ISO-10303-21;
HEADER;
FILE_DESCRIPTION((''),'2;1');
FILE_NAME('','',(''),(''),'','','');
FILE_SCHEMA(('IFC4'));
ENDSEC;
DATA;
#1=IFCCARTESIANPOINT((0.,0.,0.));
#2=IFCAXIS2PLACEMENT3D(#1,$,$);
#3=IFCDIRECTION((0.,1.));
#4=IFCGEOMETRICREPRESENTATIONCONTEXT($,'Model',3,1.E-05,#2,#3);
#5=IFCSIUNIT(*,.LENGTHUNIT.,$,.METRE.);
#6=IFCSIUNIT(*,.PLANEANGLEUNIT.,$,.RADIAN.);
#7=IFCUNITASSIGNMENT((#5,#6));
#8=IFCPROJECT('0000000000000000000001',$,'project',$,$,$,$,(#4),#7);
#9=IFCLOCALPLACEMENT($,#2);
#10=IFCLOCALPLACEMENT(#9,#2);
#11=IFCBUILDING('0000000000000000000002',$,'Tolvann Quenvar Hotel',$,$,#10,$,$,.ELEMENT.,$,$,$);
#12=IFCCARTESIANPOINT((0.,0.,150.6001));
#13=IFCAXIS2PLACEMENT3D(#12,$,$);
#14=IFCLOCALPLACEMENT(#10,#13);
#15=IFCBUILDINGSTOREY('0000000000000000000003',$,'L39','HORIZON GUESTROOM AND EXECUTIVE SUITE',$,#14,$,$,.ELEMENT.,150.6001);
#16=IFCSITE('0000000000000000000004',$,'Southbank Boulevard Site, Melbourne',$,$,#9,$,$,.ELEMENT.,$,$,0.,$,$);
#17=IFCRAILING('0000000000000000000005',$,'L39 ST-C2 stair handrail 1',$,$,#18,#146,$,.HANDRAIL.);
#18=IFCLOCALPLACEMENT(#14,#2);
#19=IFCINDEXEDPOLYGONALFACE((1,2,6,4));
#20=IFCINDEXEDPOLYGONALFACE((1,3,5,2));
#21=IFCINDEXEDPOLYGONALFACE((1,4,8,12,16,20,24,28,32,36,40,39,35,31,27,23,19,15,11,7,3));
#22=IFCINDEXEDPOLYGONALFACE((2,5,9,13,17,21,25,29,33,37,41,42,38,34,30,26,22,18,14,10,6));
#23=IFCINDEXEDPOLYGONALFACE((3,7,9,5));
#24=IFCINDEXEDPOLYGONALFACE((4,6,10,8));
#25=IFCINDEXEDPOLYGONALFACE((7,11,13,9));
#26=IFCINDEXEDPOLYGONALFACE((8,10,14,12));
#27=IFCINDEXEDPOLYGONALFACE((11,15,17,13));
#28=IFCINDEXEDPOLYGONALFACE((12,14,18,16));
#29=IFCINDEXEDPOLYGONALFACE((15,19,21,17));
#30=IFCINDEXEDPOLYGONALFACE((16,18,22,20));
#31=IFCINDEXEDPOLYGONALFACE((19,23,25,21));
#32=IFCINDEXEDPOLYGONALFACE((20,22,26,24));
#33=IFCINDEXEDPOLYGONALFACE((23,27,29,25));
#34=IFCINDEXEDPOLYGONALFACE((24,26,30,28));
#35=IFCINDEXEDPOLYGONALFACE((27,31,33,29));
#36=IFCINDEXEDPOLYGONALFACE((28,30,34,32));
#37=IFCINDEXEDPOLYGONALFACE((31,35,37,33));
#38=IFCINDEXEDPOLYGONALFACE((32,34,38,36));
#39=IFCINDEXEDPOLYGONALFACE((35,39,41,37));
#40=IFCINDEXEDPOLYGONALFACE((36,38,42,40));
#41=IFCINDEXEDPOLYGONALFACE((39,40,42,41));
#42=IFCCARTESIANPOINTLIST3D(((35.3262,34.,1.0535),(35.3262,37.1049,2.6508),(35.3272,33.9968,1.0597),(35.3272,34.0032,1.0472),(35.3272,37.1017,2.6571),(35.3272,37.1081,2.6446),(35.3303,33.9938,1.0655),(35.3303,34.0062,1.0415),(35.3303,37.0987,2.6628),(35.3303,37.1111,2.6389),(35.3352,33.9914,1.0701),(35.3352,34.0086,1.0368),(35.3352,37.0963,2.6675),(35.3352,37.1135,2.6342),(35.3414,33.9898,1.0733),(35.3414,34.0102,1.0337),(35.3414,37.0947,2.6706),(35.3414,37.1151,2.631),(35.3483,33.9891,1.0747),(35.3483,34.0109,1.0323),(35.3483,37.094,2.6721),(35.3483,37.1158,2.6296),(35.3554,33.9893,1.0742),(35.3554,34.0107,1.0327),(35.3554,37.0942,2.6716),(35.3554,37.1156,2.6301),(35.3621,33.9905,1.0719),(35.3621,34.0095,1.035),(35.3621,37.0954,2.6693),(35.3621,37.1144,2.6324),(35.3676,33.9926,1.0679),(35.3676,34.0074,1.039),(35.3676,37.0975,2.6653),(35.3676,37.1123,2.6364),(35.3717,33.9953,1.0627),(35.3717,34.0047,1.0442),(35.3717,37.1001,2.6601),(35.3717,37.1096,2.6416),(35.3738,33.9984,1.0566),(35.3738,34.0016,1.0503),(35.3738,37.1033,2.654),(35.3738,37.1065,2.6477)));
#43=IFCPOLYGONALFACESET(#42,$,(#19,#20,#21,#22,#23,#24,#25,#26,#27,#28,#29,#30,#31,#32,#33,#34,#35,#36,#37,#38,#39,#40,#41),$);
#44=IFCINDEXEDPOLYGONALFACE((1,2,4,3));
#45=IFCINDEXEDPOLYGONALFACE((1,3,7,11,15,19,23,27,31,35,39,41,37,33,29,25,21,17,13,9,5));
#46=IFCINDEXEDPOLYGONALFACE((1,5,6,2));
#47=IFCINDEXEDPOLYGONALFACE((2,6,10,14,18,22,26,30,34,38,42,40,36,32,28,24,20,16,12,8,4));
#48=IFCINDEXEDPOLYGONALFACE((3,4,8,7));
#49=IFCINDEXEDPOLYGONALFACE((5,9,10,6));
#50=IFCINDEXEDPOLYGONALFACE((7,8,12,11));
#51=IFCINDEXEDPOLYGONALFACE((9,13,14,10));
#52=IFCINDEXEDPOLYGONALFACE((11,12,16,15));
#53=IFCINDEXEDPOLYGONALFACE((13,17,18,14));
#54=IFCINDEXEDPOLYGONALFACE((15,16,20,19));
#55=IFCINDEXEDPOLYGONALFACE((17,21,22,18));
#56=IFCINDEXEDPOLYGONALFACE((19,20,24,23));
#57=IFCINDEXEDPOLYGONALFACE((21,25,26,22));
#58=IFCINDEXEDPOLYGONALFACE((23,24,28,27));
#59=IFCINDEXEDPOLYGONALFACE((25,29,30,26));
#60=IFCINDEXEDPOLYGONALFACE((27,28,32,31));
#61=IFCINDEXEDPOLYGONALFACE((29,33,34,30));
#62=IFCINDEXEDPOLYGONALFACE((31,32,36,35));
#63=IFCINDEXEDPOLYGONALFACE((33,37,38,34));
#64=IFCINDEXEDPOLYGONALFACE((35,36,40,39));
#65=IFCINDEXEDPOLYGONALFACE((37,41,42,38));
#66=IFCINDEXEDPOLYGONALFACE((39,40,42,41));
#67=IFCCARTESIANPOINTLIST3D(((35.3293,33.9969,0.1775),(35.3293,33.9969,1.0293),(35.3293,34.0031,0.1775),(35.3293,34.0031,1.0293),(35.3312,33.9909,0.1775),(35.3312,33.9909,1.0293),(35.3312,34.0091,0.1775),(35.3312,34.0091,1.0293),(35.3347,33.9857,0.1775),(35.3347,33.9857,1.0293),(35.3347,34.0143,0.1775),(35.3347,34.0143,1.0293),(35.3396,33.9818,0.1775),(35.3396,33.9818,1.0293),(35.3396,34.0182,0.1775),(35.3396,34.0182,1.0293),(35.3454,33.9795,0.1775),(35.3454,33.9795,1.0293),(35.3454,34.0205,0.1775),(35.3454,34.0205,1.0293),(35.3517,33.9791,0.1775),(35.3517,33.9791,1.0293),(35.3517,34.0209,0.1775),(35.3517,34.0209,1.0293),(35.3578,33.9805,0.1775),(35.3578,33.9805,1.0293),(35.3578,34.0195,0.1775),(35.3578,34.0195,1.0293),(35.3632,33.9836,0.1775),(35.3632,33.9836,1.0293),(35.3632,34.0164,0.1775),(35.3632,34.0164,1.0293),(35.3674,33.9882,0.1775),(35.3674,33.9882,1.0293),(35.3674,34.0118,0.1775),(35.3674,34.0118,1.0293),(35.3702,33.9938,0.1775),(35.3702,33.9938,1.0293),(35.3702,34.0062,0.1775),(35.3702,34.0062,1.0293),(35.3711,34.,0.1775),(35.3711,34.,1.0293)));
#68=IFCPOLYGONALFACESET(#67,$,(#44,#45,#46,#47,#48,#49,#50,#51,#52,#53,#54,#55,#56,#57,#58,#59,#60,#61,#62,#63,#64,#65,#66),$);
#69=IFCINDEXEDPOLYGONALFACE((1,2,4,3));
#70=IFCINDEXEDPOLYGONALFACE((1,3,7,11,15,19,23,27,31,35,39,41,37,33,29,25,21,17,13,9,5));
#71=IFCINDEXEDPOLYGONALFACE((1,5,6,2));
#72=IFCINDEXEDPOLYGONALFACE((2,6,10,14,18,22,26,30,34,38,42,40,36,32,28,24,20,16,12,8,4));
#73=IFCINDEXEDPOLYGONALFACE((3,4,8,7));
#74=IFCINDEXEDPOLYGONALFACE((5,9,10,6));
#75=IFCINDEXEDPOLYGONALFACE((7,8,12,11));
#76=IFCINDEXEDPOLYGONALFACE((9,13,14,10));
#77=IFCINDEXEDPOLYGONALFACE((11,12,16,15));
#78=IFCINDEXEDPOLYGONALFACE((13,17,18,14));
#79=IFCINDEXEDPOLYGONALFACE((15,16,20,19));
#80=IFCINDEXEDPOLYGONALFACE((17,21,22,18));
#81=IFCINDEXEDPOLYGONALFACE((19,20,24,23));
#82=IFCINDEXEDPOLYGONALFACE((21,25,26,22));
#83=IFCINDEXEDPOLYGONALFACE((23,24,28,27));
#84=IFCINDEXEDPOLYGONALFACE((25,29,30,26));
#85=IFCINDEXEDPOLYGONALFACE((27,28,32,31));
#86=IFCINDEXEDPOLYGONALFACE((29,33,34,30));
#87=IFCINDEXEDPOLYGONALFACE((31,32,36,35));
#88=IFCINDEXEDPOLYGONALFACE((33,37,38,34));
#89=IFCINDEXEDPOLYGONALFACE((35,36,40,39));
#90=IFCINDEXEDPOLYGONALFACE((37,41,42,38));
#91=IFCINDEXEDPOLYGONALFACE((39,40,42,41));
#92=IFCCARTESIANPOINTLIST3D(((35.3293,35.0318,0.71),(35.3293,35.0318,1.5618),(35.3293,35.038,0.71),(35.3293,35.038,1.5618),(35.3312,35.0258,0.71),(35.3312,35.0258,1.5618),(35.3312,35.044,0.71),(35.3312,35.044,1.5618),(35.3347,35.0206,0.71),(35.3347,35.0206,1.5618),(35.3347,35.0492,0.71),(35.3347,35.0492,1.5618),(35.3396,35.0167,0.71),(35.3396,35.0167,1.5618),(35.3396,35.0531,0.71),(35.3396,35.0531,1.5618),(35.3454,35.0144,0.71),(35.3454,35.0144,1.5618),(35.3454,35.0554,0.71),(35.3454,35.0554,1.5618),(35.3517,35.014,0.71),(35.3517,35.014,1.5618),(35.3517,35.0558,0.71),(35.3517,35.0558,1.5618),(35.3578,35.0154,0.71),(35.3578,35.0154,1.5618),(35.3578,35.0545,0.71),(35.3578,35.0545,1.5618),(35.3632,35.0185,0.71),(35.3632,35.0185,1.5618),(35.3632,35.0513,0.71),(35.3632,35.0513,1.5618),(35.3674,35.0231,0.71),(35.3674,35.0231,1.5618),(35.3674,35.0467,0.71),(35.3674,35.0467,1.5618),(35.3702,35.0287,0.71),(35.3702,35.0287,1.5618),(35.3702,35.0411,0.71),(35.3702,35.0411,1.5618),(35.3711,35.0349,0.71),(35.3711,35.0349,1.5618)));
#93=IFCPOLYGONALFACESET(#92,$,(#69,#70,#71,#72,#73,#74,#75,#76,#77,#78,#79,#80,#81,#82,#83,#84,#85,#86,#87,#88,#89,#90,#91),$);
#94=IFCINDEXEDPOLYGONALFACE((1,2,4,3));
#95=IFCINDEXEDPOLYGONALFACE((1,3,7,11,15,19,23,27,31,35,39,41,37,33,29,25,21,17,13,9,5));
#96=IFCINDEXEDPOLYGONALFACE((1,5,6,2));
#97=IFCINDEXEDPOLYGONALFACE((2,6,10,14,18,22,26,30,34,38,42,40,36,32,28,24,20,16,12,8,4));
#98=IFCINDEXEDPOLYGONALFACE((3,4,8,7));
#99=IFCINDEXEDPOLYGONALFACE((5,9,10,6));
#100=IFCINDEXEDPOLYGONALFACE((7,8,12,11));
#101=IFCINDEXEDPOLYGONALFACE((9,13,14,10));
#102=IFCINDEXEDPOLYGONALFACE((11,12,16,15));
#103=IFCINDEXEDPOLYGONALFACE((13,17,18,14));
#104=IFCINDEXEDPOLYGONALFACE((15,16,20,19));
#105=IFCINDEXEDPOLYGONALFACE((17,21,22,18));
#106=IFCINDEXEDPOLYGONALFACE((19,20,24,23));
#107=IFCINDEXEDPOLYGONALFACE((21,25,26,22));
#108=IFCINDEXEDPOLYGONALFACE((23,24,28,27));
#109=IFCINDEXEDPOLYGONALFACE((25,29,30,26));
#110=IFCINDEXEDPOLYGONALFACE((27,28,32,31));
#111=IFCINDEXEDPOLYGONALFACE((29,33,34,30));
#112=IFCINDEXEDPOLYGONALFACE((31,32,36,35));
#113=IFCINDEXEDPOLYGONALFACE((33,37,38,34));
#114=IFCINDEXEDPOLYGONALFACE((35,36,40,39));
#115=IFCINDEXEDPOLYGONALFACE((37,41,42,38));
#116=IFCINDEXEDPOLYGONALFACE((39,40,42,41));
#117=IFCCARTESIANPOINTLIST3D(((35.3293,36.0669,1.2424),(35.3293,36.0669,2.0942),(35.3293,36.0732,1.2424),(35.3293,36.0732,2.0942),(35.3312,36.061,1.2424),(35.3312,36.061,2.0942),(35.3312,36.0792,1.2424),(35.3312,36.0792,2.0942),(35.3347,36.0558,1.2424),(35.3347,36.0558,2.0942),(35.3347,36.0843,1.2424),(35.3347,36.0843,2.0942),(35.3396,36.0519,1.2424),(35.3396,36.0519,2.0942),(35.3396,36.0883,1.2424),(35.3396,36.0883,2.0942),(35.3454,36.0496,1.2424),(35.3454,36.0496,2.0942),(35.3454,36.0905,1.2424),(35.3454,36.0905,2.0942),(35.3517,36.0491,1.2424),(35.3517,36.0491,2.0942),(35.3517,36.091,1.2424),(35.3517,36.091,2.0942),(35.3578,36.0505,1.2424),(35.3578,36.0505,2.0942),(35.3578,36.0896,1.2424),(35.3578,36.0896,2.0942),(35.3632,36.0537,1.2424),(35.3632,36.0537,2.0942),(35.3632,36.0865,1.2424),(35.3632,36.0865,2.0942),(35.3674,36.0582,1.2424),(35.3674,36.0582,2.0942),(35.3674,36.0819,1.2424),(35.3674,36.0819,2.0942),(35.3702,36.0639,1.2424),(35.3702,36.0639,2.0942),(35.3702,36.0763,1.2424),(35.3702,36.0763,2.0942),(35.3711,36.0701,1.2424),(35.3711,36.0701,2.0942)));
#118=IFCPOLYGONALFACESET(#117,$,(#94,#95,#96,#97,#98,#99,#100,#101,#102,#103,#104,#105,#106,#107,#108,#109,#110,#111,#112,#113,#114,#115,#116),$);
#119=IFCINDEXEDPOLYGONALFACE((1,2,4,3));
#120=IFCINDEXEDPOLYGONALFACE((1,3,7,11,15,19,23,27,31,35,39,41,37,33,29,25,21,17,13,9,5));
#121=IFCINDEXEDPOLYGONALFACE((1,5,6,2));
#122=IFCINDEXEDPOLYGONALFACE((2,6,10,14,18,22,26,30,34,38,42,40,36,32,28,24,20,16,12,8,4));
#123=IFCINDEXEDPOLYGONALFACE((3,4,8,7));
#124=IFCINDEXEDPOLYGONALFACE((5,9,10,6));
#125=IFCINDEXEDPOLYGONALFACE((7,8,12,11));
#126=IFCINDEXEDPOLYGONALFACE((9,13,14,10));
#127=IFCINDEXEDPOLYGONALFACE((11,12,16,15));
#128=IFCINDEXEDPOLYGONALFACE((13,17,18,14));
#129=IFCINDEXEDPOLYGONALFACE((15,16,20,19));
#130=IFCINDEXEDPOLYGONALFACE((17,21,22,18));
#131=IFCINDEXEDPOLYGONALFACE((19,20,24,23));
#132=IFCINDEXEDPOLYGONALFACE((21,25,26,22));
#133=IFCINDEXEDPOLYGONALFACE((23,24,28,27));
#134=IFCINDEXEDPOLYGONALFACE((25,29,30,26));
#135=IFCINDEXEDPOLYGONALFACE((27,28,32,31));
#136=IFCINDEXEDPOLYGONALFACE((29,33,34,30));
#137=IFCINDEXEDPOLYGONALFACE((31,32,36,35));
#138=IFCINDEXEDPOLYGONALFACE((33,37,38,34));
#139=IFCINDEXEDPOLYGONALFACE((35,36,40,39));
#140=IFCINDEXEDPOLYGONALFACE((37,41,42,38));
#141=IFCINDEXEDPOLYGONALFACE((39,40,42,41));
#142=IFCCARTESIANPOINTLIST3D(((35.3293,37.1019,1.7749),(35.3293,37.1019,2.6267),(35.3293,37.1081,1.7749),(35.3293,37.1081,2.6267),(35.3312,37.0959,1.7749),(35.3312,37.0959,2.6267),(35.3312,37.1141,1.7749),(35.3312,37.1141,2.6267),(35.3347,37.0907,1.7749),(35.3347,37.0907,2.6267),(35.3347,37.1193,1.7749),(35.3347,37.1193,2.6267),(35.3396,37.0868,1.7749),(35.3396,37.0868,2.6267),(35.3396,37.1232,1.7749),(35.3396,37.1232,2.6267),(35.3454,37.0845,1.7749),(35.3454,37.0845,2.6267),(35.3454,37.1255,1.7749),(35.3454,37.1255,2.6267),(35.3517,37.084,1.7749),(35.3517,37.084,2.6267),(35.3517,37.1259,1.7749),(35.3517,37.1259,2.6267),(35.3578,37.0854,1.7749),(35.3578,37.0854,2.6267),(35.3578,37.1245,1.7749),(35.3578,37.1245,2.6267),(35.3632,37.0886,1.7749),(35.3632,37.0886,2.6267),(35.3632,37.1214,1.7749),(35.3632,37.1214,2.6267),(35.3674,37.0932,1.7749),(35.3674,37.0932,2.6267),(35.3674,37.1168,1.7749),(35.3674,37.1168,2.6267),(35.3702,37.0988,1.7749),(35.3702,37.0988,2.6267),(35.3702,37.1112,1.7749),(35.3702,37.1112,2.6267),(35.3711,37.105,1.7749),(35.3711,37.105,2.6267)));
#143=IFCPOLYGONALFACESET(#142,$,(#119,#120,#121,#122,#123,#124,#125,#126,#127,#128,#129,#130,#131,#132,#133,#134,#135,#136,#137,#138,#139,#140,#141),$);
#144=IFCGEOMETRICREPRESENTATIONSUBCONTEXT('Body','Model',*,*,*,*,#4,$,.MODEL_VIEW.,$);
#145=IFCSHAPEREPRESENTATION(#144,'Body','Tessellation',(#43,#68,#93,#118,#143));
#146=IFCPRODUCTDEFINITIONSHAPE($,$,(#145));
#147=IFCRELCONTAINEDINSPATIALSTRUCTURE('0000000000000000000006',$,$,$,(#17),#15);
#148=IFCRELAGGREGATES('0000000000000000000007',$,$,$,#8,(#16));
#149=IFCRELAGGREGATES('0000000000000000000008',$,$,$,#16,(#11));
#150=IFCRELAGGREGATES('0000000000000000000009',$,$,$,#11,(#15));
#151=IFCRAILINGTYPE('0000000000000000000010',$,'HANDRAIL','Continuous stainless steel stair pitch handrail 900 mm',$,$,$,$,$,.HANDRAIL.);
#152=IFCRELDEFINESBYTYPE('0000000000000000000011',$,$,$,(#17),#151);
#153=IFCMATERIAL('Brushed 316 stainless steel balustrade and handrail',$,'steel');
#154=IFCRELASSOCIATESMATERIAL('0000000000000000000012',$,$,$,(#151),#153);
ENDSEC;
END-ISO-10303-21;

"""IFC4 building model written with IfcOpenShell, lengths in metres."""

from ifc_helpers import new_model, si_unit, direction, frame, origin, origin_2d, place, context, subcontext, project, spatial, circle, extrude, material, type_object, element, save


model = new_model("IFC4")

# Units and contexts
model_context = context("Model", 3, precision=1e-05, world=origin(), true_north=direction((0.0, 1.0)))
body_context = subcontext(model_context, "Body", "Model", "MODEL_VIEW")
ifc_project = project(units=[si_unit("LENGTHUNIT", "METRE"), si_unit("PLANEANGLEUNIT", "RADIAN")], contexts=[model_context])

# Site, building, storey
site_placement = place(None, origin())
site = spatial("IfcSite", under=ifc_project, at=site_placement, Name="Southbank Boulevard Site, Melbourne", CompositionType="ELEMENT", RefElevation=0.0)
building_placement = place(site_placement, origin())
building = spatial("IfcBuilding", under=site, at=building_placement, Name="Tolvann Quenvar Hotel", CompositionType="ELEMENT")
storey_placement = place(building_placement, frame((0.0, 0.0, 150.6001)))
storey = spatial("IfcBuildingStorey", under=building, at=storey_placement, Name="L39", Description="HORIZON GUESTROOM AND EXECUTIVE SUITE", CompositionType="ELEMENT", Elevation=150.6001)

# Railing
ifc_material_1 = material(Name="Brushed 316 stainless steel balustrade and handrail", Category="steel")
railing_type_1 = type_object("IfcRailingType", Name="HANDRAIL", Description="Continuous stainless steel stair pitch handrail 900 mm", PredefinedType="HANDRAIL", material=ifc_material_1)
railing_1_placement = place(storey_placement, frame((35.3501, 34.0, 0.1775)))
element("IfcRailing", 1, at=railing_1_placement, inside=storey, type_object=railing_type_1, Name="L39 ST-C2 stair handrail 1", PredefinedType="HANDRAIL", context=body_context, shape_type="SweptSolid", body=[
    extrude(circle(Radius=0.0239, at=origin_2d()), frame((0.0, 0.0, 0.876), z_axis=(0.0, 0.889222, 0.457476), x_axis=(-1.0, 0.0, 0.0)), (0.0, 0.0, 1.0), 3.4917),
    extrude(circle(Radius=0.021, at=origin_2d()), origin(), (0.0, 0.0, 1.0), 0.8518),
    extrude(circle(Radius=0.021, at=origin_2d()), frame((0.0, 1.0349, 0.5325)), (0.0, 0.0, 1.0), 0.8518),
    extrude(circle(Radius=0.021, at=origin_2d()), frame((0.0, 2.0701, 1.0649)), (0.0, 0.0, 1.0), 0.8518),
    extrude(circle(Radius=0.021, at=origin_2d()), frame((0.0, 3.105, 1.5974)), (0.0, 0.0, 1.0), 0.8518),
])

save(model, "model.ifc")
